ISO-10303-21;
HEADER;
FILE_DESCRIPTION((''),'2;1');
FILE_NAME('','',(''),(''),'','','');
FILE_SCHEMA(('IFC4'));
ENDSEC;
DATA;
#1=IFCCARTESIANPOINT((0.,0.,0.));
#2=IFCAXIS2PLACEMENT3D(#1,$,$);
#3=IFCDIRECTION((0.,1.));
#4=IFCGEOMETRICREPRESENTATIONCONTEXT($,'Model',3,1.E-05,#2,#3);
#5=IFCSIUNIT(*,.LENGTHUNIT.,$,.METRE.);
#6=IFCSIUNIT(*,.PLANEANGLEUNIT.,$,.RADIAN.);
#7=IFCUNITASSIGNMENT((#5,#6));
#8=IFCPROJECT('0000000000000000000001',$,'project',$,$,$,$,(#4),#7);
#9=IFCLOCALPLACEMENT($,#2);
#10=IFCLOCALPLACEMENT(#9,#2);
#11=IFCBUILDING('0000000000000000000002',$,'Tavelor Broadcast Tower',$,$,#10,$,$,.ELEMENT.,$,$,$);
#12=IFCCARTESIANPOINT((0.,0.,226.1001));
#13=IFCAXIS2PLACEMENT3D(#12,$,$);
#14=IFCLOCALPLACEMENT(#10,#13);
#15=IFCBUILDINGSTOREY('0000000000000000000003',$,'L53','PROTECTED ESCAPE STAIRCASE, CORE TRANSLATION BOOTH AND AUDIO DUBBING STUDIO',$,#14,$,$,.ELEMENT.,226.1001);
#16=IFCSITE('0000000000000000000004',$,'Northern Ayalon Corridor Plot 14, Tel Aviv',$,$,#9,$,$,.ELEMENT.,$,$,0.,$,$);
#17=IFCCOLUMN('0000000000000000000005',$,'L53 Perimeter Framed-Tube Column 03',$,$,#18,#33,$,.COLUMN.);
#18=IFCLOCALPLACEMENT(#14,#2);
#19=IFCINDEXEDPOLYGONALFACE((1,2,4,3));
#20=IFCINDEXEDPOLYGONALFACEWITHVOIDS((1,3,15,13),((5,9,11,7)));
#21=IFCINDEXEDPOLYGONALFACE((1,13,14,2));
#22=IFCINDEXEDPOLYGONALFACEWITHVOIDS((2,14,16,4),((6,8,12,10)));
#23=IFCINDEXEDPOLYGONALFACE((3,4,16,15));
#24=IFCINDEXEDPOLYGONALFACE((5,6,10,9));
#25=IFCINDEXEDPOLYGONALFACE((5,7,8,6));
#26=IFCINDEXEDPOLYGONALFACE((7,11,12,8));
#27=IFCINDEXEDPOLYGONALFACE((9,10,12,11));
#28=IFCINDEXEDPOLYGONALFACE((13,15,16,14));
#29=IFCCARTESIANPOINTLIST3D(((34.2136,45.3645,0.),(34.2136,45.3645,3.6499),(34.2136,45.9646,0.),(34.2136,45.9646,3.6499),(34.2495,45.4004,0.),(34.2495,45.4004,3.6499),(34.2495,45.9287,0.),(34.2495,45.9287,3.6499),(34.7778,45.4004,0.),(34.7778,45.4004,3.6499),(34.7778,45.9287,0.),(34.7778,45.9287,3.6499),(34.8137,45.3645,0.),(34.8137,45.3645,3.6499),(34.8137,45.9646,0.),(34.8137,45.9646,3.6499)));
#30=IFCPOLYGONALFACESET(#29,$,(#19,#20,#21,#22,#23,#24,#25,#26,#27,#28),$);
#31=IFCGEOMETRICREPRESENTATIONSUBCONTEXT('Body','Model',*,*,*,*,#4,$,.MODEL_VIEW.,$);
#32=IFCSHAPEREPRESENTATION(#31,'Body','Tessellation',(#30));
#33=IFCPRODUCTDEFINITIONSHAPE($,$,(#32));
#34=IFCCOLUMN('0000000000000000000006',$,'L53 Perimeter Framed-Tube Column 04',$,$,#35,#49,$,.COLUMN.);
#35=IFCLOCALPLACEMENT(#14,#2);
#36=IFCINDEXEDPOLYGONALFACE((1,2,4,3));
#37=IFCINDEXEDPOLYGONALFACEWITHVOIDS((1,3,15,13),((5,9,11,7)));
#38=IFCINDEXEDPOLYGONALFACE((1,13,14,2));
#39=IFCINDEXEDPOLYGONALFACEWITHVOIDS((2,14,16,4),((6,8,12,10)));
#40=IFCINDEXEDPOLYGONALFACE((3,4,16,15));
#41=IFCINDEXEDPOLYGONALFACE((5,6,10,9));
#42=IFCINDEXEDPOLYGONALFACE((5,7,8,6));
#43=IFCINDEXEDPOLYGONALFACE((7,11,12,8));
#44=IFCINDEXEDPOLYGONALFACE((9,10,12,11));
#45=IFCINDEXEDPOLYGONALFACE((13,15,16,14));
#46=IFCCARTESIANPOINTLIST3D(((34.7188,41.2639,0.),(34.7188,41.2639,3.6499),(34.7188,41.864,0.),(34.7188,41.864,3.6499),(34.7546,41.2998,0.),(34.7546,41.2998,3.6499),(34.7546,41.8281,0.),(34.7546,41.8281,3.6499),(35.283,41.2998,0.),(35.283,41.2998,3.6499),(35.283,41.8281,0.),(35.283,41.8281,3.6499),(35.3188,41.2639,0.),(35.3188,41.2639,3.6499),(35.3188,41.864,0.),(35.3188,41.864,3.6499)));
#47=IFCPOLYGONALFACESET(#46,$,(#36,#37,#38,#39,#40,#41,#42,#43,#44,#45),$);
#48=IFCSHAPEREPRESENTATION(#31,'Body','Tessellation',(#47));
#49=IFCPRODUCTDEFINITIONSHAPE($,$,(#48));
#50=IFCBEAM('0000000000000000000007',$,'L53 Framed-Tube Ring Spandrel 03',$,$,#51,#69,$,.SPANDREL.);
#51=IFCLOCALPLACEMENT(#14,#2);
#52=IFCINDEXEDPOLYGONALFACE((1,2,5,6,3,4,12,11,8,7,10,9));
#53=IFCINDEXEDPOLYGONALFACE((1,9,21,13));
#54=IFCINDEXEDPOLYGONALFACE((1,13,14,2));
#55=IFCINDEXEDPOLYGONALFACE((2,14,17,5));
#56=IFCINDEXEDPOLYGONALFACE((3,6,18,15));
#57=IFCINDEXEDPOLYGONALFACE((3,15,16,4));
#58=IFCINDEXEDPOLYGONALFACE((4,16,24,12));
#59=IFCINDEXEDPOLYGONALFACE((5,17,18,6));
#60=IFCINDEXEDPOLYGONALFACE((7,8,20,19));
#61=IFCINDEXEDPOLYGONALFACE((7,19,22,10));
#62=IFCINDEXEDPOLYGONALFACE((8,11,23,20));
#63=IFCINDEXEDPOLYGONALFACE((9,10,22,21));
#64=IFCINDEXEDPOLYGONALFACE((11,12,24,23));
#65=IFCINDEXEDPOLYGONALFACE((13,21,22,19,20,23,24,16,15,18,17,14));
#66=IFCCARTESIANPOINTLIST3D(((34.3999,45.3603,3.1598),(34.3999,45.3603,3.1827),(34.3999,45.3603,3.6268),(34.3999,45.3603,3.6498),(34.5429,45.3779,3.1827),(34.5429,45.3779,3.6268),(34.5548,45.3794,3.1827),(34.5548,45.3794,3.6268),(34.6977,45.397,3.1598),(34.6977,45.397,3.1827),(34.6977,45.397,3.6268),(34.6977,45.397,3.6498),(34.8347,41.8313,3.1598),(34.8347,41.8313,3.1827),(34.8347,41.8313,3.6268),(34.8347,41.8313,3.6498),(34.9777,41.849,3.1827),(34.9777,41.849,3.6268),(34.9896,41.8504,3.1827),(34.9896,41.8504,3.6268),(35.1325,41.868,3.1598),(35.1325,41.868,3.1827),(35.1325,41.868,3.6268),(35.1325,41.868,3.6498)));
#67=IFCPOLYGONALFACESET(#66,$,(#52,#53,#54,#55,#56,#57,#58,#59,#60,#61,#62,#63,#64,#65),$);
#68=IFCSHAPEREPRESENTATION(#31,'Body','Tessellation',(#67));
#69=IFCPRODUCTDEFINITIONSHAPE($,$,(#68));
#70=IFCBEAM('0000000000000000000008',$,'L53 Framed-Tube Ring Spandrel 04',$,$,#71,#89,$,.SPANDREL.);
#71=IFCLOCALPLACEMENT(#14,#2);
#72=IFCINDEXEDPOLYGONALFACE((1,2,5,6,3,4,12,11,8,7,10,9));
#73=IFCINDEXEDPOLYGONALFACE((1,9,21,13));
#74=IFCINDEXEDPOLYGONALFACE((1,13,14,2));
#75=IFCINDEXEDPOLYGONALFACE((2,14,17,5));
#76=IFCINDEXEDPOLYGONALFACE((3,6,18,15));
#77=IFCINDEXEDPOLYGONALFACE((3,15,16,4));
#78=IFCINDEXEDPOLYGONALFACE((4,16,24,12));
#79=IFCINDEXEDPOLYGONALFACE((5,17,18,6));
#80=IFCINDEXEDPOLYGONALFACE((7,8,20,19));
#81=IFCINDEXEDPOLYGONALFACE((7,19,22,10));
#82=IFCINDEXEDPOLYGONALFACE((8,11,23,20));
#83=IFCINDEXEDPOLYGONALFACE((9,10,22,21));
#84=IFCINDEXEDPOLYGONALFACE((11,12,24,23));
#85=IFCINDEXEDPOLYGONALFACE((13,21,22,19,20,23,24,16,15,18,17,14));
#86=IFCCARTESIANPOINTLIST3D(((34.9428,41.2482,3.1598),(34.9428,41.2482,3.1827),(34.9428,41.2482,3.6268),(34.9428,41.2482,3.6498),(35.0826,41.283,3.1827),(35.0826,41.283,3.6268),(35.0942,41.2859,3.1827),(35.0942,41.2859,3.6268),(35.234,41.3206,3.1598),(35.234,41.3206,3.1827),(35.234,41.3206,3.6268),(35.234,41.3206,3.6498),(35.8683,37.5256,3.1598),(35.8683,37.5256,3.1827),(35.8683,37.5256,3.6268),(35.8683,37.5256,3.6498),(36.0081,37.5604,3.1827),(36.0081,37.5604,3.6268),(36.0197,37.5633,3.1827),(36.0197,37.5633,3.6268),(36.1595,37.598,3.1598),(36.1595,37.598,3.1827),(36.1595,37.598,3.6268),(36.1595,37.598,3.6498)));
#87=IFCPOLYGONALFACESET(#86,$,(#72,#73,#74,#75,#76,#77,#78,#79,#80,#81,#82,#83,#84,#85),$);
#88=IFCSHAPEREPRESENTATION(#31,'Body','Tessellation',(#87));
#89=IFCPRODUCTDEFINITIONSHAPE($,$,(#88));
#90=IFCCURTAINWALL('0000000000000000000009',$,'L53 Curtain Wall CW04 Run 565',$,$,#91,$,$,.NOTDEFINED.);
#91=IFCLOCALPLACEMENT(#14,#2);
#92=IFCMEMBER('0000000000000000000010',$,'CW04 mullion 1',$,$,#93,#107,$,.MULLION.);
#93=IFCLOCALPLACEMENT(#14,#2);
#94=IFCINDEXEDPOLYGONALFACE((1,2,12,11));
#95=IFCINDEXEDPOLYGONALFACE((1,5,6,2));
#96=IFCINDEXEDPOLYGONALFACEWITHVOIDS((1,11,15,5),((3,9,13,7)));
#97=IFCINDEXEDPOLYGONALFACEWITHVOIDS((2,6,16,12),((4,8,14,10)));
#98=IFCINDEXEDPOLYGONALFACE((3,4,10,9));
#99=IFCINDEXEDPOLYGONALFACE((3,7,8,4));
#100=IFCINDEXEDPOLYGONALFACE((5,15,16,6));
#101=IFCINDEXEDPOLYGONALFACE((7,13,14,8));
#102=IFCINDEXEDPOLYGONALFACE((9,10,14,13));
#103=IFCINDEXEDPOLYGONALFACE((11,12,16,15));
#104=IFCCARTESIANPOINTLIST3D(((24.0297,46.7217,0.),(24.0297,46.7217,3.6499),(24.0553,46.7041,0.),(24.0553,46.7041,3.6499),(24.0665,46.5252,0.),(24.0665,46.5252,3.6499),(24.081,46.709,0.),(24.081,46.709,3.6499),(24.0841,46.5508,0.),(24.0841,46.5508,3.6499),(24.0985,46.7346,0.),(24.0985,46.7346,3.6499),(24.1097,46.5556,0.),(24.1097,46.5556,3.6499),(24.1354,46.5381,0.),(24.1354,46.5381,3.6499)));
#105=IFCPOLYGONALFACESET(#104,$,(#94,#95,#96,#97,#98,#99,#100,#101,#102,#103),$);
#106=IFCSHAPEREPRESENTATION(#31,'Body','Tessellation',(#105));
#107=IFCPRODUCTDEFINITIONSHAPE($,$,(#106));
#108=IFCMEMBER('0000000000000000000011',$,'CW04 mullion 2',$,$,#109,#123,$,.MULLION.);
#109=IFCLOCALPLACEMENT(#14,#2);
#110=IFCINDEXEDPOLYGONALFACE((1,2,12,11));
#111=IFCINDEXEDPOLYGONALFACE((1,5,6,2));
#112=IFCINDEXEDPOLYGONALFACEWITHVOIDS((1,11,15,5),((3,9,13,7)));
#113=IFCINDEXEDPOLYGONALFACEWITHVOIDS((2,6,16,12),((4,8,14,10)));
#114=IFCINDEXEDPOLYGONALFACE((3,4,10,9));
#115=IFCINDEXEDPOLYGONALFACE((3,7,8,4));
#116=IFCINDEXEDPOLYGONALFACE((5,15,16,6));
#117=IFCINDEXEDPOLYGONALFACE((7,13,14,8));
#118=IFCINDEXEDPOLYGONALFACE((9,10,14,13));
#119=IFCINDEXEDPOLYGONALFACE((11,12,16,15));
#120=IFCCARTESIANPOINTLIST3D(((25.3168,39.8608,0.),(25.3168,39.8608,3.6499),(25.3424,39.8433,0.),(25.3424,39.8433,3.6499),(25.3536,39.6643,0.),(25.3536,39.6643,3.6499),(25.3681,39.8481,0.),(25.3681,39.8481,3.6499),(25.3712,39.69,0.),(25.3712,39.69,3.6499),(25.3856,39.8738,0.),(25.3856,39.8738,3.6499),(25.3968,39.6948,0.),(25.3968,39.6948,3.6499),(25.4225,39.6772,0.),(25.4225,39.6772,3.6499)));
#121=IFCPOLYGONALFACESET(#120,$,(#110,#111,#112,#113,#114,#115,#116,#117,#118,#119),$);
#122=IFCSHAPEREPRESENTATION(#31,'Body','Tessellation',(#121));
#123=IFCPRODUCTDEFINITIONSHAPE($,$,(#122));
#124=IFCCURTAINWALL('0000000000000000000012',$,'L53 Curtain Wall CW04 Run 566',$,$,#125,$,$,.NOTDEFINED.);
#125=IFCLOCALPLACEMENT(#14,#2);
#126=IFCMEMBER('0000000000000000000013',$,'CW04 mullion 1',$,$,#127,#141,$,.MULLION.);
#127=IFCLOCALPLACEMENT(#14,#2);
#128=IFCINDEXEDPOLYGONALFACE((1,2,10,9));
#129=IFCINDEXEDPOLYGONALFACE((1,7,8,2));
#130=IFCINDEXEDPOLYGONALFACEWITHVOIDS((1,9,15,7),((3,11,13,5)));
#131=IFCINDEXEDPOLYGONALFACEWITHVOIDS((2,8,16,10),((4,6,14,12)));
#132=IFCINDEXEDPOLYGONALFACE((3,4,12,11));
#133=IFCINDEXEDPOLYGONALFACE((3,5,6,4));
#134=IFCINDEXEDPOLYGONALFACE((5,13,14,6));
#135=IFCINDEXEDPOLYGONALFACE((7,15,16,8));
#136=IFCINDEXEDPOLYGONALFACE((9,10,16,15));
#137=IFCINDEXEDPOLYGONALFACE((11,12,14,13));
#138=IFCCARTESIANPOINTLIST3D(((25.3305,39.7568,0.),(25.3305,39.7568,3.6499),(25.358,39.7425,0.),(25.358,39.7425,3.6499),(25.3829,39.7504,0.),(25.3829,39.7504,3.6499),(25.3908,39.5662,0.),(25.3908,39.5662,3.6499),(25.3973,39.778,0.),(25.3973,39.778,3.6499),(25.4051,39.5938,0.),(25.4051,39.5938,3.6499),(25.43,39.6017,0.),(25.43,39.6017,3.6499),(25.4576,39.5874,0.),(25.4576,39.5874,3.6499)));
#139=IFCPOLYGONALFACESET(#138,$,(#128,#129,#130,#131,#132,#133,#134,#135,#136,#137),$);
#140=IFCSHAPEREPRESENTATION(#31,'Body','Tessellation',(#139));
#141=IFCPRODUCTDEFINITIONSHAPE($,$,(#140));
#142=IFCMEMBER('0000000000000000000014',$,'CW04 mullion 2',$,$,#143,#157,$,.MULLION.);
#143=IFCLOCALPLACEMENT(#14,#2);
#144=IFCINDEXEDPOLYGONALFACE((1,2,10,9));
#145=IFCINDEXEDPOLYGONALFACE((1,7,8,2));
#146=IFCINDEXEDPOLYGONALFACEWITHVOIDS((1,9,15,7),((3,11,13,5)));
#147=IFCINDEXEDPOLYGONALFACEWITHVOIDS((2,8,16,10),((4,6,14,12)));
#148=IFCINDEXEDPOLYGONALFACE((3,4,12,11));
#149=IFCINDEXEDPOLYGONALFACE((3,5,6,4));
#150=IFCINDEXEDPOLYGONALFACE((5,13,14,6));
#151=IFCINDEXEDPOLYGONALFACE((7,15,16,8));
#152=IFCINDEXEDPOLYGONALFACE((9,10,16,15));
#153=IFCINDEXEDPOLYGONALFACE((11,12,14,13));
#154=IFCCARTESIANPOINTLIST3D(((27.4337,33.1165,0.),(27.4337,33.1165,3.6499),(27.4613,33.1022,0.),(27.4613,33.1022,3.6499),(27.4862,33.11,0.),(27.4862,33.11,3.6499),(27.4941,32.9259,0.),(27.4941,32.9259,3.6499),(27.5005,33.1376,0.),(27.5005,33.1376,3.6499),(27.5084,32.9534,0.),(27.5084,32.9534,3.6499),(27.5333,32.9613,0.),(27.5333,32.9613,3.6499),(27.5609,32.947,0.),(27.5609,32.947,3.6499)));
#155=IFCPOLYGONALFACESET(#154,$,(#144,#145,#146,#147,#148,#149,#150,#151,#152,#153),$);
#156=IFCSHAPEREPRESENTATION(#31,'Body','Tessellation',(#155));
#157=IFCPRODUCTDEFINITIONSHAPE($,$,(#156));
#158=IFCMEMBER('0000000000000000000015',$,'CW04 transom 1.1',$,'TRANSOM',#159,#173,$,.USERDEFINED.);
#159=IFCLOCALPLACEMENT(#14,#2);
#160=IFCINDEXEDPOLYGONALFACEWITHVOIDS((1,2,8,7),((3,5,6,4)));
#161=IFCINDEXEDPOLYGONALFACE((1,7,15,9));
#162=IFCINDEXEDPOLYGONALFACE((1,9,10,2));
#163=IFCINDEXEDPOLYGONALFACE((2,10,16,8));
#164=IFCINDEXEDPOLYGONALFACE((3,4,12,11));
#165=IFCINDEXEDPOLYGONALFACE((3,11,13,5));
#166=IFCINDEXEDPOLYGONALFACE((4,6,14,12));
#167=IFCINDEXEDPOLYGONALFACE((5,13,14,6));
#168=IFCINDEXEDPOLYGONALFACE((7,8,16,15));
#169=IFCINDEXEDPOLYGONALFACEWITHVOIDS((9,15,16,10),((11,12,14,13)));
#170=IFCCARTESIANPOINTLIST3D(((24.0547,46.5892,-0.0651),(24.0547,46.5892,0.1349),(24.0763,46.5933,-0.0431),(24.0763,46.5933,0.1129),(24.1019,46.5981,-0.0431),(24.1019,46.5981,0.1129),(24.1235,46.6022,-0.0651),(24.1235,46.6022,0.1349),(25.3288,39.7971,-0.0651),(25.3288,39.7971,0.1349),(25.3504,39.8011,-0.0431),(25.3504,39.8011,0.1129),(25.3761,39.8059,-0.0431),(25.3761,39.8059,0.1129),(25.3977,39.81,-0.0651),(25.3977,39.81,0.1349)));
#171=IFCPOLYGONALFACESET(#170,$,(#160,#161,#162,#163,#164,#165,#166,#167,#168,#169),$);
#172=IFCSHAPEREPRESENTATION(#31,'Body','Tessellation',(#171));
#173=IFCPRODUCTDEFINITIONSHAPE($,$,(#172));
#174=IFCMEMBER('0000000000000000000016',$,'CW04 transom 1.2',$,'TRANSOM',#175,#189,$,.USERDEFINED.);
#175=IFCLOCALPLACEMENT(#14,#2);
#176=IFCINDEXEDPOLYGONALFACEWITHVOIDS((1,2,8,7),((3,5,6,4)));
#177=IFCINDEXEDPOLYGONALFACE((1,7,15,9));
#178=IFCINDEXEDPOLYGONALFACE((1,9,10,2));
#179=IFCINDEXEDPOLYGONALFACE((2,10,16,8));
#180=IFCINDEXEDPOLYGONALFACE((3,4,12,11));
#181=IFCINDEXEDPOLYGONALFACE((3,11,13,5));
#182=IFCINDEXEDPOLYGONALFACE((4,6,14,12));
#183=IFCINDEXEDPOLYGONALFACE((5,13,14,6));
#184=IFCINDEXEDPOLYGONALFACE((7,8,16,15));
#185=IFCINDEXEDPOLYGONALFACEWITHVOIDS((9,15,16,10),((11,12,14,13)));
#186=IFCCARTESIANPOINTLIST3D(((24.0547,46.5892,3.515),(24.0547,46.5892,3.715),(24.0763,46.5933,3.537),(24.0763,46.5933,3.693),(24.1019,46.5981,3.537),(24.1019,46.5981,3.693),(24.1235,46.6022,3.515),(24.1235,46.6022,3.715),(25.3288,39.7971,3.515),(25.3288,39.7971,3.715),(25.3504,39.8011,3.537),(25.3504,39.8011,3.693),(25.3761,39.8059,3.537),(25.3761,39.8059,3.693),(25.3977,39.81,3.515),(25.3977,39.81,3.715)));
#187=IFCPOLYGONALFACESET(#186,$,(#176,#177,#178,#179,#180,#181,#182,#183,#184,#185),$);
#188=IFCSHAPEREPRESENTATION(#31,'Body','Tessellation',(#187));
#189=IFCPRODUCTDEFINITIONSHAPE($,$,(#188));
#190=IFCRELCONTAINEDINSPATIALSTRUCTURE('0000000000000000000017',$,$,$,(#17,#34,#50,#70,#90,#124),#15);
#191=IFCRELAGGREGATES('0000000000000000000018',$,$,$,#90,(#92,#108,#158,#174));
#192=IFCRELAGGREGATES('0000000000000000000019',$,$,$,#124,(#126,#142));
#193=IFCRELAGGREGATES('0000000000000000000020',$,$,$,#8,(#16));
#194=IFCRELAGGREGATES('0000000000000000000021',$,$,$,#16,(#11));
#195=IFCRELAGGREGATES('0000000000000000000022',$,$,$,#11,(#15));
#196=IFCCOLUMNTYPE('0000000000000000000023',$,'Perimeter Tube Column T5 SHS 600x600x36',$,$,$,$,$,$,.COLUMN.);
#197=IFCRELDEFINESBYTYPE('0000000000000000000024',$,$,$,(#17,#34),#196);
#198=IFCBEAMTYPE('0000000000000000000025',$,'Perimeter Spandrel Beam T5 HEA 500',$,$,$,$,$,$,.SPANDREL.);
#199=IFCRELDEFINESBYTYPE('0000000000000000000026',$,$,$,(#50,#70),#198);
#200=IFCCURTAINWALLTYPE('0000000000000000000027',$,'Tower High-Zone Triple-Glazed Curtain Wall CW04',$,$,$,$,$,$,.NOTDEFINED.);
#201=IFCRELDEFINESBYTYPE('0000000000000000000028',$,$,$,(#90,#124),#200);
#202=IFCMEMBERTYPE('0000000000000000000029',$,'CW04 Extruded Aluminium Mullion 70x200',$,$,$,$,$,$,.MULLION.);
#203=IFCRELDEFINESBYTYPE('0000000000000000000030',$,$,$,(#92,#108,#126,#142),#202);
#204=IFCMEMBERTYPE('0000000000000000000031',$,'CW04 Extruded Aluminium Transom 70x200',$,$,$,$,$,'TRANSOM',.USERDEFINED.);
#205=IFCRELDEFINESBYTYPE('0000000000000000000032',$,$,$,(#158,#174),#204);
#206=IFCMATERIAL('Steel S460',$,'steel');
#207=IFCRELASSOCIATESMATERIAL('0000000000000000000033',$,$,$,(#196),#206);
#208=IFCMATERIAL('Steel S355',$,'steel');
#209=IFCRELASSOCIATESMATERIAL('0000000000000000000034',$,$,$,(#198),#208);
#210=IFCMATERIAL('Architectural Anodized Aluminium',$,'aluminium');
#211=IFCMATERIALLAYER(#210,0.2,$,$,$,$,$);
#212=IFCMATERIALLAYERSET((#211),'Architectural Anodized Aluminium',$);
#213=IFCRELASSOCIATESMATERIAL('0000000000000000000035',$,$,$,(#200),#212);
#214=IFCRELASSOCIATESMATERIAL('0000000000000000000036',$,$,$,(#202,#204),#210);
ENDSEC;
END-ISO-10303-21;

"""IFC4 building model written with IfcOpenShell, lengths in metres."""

from ifc_helpers import new_model, si_unit, direction, frame, origin, origin_2d, place, context, subcontext, project, spatial, hollow_rectangle, i_section, extrude, source, transform, mapped, material, layer, layer_set, material_profile, profile_set, type_object, type_shapes, element, aggregate, save


model = new_model("IFC4")

# Units and contexts
model_context = context("Model", 3, precision=1e-05, world=origin(), true_north=direction((0.0, 1.0)))
body_context = subcontext(model_context, "Body", "Model", "MODEL_VIEW")
ifc_project = project(units=[si_unit("LENGTHUNIT", "METRE"), si_unit("PLANEANGLEUNIT", "RADIAN")], contexts=[model_context])

# Site, building, storey
site_placement = place(None, origin())
site = spatial("IfcSite", under=ifc_project, at=site_placement, Name="Northern Ayalon Corridor Plot 14, Tel Aviv", CompositionType="ELEMENT", RefElevation=0.0)
building_placement = place(site_placement, origin())
building = spatial("IfcBuilding", under=site, at=building_placement, Name="Tavelor Broadcast Tower", CompositionType="ELEMENT")
storey_placement = place(building_placement, frame((0.0, 0.0, 226.1001)))
storey = spatial("IfcBuildingStorey", under=building, at=storey_placement, Name="L53", Description="PROTECTED ESCAPE STAIRCASE, CORE TRANSLATION BOOTH AND AUDIO DUBBING STUDIO", CompositionType="ELEMENT", Elevation=226.1001)

# Columns
ifc_material_1 = material(Name="Steel S460", Category="steel")
ifc_material_profile_1 = material_profile(ifc_material_1, hollow_rectangle(XDim=0.6001, YDim=0.6001, WallThickness=0.0359, at=origin_2d()), Name="SHS 600x600x36")
ifc_profile_set_1 = profile_set([ifc_material_profile_1], Name="Steel S460")
column_type = type_object("IfcColumnType", Name="Perimeter Tube Column T5 SHS 600x600x36", PredefinedType="COLUMN", material=ifc_profile_set_1)
for number, where, z_axis, x_axis, name in (
    (1, (34.5137, 45.6646, 0.0), (0.0, 0.0, 1.0), (1.0, 0.0, 0.0), "L53 Perimeter Framed-Tube Column 03"),
    (2, (35.0188, 41.564, 0.0), (0.0, 0.0, 1.0), (1.0, 0.0, 0.0), "L53 Perimeter Framed-Tube Column 04"),
):
    element("IfcColumn", number, at=place(storey_placement, frame(where, z_axis=z_axis, x_axis=x_axis)), inside=storey, type_object=column_type, Name=name, PredefinedType="COLUMN", context=body_context, shape_type="SweptSolid", body=[
        extrude(hollow_rectangle(XDim=0.6001, YDim=0.6001, WallThickness=0.0359, at=origin_2d()), origin(), (0.0, 0.0, 1.0), 3.6499),
    ])

# Beams
ifc_material_2 = material(Name="Steel S355", Category="steel")
ifc_material_profile_2 = material_profile(ifc_material_2, i_section(OverallWidth=0.3, OverallDepth=0.49, WebThickness=0.012, FlangeThickness=0.0229, at=origin_2d()), Name="HEA 500")
ifc_profile_set_2 = profile_set([ifc_material_profile_2], Name="Steel S355")
beam_type = type_object("IfcBeamType", Name="Perimeter Spandrel Beam T5 HEA 500", PredefinedType="SPANDREL", material=ifc_profile_set_2)
beam_1_placement = place(storey_placement, frame((34.5488, 45.3787, 3.4048), z_axis=(0.122285, -0.992495, 0.0), x_axis=(0.992495, 0.122285, 0.0)))
element("IfcBeam", 3, at=beam_1_placement, inside=storey, type_object=beam_type, Name="L53 Framed-Tube Ring Spandrel 03", PredefinedType="SPANDREL", context=body_context, shape_type="SweptSolid", body=[
    extrude(i_section(OverallWidth=0.3, OverallDepth=0.49, WebThickness=0.012, FlangeThickness=0.0229, at=origin_2d()), origin(), (0.0, 0.0, 1.0), 3.5557),
])
beam_2_placement = place(storey_placement, frame((35.0884, 41.2844, 3.4048), z_axis=(0.241278, -0.970456, 0.0), x_axis=(0.970456, 0.241278, 0.0)))
element("IfcBeam", 4, at=beam_2_placement, inside=storey, type_object=beam_type, Name="L53 Framed-Tube Ring Spandrel 04", PredefinedType="SPANDREL", context=body_context, shape_type="SweptSolid", body=[
    extrude(i_section(OverallWidth=0.3, OverallDepth=0.49, WebThickness=0.012, FlangeThickness=0.0229, at=origin_2d()), origin(), (0.0, 0.0, 1.0), 3.8359),
])

# Curtain walls, members
ifc_material_3 = material(Name="Architectural Anodized Aluminium", Category="aluminium")
ifc_layer_1 = layer(ifc_material_3, 0.2)
ifc_layer_set_1 = layer_set([ifc_layer_1], Name="Architectural Anodized Aluminium")
curtain_wall_type = type_object("IfcCurtainWallType", Name="Tower High-Zone Triple-Glazed Curtain Wall CW04", PredefinedType="NOTDEFINED", material=ifc_layer_set_1)
curtain_wall_1_placement = place(storey_placement, origin())
curtain_wall_1 = element("IfcCurtainWall", 5, at=curtain_wall_1_placement, inside=storey, type_object=curtain_wall_type, Name="L53 Curtain Wall CW04 Run 565", PredefinedType="NOTDEFINED")
ifc_material_profile_3 = material_profile(ifc_material_3, hollow_rectangle(XDim=0.0701, YDim=0.2, WallThickness=0.022, at=origin_2d()), Name="RHS 70x200x22")
ifc_profile_set_3 = profile_set([ifc_material_profile_3], Name="Architectural Anodized Aluminium")
member_type_1 = type_object("IfcMemberType", Name="CW04 Extruded Aluminium Mullion 70x200", PredefinedType="MULLION", material=ifc_profile_set_3)
shared_shape_1 = source(origin(), body_context, "Body", "SweptSolid", [
    extrude(hollow_rectangle(XDim=0.0701, YDim=0.2, WallThickness=0.022, at=origin_2d()), origin(), (0.0, 0.0, 1.0), 3.6499),
])
type_shapes(member_type_1, [shared_shape_1])
member_1_placement = place(storey_placement, frame((24.0825, 46.6299, 0.0), z_axis=(0.0, 0.0, 1.0), x_axis=(0.982855, 0.184379, 0.0)))
member_1 = element("IfcMember", 6, at=member_1_placement, type_object=member_type_1, Name="CW04 mullion 1", PredefinedType="MULLION", context=body_context, shape_type="MappedRepresentation", body=[
    mapped(shared_shape_1, transform((0.0, 0.0, 0.0), scale=1.0)),
])
member_2_placement = place(storey_placement, frame((25.3696, 39.769, 0.0), z_axis=(0.0, 0.0, 1.0), x_axis=(0.982855, 0.184379, 0.0)))
member_2 = element("IfcMember", 7, at=member_2_placement, type_object=member_type_1, Name="CW04 mullion 2", PredefinedType="MULLION", context=body_context, shape_type="MappedRepresentation", body=[
    mapped(shared_shape_1, transform((0.0, 0.0, 0.0), scale=1.0)),
])
curtain_wall_2_placement = place(storey_placement, origin())
curtain_wall_2 = element("IfcCurtainWall", 8, at=curtain_wall_2_placement, inside=storey, type_object=curtain_wall_type, Name="L53 Curtain Wall CW04 Run 566", PredefinedType="NOTDEFINED")
member_3_placement = place(storey_placement, frame((25.394, 39.6721, 0.0), z_axis=(0.0, 0.0, 1.0), x_axis=(0.953321, 0.301959, 0.0)))
member_3 = element("IfcMember", 9, at=member_3_placement, type_object=member_type_1, Name="CW04 mullion 1", PredefinedType="MULLION", context=body_context, shape_type="MappedRepresentation", body=[
    mapped(shared_shape_1, transform((0.0, 0.0, 0.0), scale=1.0)),
])
member_4_placement = place(storey_placement, frame((27.4973, 33.0317, 0.0), z_axis=(0.0, 0.0, 1.0), x_axis=(0.953321, 0.301959, 0.0)))
member_4 = element("IfcMember", 10, at=member_4_placement, type_object=member_type_1, Name="CW04 mullion 2", PredefinedType="MULLION", context=body_context, shape_type="MappedRepresentation", body=[
    mapped(shared_shape_1, transform((0.0, 0.0, 0.0), scale=1.0)),
])

# Members
ifc_material_profile_4 = material_profile(ifc_material_3, hollow_rectangle(XDim=0.0701, YDim=0.2, WallThickness=0.022, at=origin_2d()), Name="RHS 70x200x22")
ifc_profile_set_4 = profile_set([ifc_material_profile_4], Name="Architectural Anodized Aluminium")
member_type_2 = type_object("IfcMemberType", Name="CW04 Extruded Aluminium Transom 70x200", ElementType="TRANSOM", PredefinedType="USERDEFINED", material=ifc_profile_set_4)
shared_shape_2 = source(origin(), body_context, "Body", "SweptSolid", [
    extrude(hollow_rectangle(XDim=0.0701, YDim=0.2, WallThickness=0.022, at=origin_2d()), origin(), (0.0, 0.0, 1.0), 6.9106),
])
member_5_placement = place(storey_placement, frame((24.0891, 46.5957, 0.0349), z_axis=(0.184376, -0.982856, 0.0), x_axis=(0.982856, 0.184376, 0.0)))
member_5 = element("IfcMember", 11, at=member_5_placement, type_object=member_type_2, Name="CW04 transom 1.1", ObjectType="TRANSOM", PredefinedType="USERDEFINED", context=body_context, shape_type="MappedRepresentation", body=[
    mapped(shared_shape_2, transform((0.0, 0.0, 0.0), scale=1.0)),
])
member_6_placement = place(storey_placement, frame((24.0891, 46.5957, 3.615), z_axis=(0.184376, -0.982856, 0.0), x_axis=(0.982856, 0.184376, 0.0)))
member_6 = element("IfcMember", 12, at=member_6_placement, type_object=member_type_2, Name="CW04 transom 1.2", ObjectType="TRANSOM", PredefinedType="USERDEFINED", context=body_context, shape_type="MappedRepresentation", body=[
    mapped(shared_shape_2, transform((0.0, 0.0, 0.0), scale=1.0)),
])

aggregate(curtain_wall_1, [member_1, member_2, member_5, member_6])
aggregate(curtain_wall_2, [member_3, member_4])

save(model, "model.ifc")
